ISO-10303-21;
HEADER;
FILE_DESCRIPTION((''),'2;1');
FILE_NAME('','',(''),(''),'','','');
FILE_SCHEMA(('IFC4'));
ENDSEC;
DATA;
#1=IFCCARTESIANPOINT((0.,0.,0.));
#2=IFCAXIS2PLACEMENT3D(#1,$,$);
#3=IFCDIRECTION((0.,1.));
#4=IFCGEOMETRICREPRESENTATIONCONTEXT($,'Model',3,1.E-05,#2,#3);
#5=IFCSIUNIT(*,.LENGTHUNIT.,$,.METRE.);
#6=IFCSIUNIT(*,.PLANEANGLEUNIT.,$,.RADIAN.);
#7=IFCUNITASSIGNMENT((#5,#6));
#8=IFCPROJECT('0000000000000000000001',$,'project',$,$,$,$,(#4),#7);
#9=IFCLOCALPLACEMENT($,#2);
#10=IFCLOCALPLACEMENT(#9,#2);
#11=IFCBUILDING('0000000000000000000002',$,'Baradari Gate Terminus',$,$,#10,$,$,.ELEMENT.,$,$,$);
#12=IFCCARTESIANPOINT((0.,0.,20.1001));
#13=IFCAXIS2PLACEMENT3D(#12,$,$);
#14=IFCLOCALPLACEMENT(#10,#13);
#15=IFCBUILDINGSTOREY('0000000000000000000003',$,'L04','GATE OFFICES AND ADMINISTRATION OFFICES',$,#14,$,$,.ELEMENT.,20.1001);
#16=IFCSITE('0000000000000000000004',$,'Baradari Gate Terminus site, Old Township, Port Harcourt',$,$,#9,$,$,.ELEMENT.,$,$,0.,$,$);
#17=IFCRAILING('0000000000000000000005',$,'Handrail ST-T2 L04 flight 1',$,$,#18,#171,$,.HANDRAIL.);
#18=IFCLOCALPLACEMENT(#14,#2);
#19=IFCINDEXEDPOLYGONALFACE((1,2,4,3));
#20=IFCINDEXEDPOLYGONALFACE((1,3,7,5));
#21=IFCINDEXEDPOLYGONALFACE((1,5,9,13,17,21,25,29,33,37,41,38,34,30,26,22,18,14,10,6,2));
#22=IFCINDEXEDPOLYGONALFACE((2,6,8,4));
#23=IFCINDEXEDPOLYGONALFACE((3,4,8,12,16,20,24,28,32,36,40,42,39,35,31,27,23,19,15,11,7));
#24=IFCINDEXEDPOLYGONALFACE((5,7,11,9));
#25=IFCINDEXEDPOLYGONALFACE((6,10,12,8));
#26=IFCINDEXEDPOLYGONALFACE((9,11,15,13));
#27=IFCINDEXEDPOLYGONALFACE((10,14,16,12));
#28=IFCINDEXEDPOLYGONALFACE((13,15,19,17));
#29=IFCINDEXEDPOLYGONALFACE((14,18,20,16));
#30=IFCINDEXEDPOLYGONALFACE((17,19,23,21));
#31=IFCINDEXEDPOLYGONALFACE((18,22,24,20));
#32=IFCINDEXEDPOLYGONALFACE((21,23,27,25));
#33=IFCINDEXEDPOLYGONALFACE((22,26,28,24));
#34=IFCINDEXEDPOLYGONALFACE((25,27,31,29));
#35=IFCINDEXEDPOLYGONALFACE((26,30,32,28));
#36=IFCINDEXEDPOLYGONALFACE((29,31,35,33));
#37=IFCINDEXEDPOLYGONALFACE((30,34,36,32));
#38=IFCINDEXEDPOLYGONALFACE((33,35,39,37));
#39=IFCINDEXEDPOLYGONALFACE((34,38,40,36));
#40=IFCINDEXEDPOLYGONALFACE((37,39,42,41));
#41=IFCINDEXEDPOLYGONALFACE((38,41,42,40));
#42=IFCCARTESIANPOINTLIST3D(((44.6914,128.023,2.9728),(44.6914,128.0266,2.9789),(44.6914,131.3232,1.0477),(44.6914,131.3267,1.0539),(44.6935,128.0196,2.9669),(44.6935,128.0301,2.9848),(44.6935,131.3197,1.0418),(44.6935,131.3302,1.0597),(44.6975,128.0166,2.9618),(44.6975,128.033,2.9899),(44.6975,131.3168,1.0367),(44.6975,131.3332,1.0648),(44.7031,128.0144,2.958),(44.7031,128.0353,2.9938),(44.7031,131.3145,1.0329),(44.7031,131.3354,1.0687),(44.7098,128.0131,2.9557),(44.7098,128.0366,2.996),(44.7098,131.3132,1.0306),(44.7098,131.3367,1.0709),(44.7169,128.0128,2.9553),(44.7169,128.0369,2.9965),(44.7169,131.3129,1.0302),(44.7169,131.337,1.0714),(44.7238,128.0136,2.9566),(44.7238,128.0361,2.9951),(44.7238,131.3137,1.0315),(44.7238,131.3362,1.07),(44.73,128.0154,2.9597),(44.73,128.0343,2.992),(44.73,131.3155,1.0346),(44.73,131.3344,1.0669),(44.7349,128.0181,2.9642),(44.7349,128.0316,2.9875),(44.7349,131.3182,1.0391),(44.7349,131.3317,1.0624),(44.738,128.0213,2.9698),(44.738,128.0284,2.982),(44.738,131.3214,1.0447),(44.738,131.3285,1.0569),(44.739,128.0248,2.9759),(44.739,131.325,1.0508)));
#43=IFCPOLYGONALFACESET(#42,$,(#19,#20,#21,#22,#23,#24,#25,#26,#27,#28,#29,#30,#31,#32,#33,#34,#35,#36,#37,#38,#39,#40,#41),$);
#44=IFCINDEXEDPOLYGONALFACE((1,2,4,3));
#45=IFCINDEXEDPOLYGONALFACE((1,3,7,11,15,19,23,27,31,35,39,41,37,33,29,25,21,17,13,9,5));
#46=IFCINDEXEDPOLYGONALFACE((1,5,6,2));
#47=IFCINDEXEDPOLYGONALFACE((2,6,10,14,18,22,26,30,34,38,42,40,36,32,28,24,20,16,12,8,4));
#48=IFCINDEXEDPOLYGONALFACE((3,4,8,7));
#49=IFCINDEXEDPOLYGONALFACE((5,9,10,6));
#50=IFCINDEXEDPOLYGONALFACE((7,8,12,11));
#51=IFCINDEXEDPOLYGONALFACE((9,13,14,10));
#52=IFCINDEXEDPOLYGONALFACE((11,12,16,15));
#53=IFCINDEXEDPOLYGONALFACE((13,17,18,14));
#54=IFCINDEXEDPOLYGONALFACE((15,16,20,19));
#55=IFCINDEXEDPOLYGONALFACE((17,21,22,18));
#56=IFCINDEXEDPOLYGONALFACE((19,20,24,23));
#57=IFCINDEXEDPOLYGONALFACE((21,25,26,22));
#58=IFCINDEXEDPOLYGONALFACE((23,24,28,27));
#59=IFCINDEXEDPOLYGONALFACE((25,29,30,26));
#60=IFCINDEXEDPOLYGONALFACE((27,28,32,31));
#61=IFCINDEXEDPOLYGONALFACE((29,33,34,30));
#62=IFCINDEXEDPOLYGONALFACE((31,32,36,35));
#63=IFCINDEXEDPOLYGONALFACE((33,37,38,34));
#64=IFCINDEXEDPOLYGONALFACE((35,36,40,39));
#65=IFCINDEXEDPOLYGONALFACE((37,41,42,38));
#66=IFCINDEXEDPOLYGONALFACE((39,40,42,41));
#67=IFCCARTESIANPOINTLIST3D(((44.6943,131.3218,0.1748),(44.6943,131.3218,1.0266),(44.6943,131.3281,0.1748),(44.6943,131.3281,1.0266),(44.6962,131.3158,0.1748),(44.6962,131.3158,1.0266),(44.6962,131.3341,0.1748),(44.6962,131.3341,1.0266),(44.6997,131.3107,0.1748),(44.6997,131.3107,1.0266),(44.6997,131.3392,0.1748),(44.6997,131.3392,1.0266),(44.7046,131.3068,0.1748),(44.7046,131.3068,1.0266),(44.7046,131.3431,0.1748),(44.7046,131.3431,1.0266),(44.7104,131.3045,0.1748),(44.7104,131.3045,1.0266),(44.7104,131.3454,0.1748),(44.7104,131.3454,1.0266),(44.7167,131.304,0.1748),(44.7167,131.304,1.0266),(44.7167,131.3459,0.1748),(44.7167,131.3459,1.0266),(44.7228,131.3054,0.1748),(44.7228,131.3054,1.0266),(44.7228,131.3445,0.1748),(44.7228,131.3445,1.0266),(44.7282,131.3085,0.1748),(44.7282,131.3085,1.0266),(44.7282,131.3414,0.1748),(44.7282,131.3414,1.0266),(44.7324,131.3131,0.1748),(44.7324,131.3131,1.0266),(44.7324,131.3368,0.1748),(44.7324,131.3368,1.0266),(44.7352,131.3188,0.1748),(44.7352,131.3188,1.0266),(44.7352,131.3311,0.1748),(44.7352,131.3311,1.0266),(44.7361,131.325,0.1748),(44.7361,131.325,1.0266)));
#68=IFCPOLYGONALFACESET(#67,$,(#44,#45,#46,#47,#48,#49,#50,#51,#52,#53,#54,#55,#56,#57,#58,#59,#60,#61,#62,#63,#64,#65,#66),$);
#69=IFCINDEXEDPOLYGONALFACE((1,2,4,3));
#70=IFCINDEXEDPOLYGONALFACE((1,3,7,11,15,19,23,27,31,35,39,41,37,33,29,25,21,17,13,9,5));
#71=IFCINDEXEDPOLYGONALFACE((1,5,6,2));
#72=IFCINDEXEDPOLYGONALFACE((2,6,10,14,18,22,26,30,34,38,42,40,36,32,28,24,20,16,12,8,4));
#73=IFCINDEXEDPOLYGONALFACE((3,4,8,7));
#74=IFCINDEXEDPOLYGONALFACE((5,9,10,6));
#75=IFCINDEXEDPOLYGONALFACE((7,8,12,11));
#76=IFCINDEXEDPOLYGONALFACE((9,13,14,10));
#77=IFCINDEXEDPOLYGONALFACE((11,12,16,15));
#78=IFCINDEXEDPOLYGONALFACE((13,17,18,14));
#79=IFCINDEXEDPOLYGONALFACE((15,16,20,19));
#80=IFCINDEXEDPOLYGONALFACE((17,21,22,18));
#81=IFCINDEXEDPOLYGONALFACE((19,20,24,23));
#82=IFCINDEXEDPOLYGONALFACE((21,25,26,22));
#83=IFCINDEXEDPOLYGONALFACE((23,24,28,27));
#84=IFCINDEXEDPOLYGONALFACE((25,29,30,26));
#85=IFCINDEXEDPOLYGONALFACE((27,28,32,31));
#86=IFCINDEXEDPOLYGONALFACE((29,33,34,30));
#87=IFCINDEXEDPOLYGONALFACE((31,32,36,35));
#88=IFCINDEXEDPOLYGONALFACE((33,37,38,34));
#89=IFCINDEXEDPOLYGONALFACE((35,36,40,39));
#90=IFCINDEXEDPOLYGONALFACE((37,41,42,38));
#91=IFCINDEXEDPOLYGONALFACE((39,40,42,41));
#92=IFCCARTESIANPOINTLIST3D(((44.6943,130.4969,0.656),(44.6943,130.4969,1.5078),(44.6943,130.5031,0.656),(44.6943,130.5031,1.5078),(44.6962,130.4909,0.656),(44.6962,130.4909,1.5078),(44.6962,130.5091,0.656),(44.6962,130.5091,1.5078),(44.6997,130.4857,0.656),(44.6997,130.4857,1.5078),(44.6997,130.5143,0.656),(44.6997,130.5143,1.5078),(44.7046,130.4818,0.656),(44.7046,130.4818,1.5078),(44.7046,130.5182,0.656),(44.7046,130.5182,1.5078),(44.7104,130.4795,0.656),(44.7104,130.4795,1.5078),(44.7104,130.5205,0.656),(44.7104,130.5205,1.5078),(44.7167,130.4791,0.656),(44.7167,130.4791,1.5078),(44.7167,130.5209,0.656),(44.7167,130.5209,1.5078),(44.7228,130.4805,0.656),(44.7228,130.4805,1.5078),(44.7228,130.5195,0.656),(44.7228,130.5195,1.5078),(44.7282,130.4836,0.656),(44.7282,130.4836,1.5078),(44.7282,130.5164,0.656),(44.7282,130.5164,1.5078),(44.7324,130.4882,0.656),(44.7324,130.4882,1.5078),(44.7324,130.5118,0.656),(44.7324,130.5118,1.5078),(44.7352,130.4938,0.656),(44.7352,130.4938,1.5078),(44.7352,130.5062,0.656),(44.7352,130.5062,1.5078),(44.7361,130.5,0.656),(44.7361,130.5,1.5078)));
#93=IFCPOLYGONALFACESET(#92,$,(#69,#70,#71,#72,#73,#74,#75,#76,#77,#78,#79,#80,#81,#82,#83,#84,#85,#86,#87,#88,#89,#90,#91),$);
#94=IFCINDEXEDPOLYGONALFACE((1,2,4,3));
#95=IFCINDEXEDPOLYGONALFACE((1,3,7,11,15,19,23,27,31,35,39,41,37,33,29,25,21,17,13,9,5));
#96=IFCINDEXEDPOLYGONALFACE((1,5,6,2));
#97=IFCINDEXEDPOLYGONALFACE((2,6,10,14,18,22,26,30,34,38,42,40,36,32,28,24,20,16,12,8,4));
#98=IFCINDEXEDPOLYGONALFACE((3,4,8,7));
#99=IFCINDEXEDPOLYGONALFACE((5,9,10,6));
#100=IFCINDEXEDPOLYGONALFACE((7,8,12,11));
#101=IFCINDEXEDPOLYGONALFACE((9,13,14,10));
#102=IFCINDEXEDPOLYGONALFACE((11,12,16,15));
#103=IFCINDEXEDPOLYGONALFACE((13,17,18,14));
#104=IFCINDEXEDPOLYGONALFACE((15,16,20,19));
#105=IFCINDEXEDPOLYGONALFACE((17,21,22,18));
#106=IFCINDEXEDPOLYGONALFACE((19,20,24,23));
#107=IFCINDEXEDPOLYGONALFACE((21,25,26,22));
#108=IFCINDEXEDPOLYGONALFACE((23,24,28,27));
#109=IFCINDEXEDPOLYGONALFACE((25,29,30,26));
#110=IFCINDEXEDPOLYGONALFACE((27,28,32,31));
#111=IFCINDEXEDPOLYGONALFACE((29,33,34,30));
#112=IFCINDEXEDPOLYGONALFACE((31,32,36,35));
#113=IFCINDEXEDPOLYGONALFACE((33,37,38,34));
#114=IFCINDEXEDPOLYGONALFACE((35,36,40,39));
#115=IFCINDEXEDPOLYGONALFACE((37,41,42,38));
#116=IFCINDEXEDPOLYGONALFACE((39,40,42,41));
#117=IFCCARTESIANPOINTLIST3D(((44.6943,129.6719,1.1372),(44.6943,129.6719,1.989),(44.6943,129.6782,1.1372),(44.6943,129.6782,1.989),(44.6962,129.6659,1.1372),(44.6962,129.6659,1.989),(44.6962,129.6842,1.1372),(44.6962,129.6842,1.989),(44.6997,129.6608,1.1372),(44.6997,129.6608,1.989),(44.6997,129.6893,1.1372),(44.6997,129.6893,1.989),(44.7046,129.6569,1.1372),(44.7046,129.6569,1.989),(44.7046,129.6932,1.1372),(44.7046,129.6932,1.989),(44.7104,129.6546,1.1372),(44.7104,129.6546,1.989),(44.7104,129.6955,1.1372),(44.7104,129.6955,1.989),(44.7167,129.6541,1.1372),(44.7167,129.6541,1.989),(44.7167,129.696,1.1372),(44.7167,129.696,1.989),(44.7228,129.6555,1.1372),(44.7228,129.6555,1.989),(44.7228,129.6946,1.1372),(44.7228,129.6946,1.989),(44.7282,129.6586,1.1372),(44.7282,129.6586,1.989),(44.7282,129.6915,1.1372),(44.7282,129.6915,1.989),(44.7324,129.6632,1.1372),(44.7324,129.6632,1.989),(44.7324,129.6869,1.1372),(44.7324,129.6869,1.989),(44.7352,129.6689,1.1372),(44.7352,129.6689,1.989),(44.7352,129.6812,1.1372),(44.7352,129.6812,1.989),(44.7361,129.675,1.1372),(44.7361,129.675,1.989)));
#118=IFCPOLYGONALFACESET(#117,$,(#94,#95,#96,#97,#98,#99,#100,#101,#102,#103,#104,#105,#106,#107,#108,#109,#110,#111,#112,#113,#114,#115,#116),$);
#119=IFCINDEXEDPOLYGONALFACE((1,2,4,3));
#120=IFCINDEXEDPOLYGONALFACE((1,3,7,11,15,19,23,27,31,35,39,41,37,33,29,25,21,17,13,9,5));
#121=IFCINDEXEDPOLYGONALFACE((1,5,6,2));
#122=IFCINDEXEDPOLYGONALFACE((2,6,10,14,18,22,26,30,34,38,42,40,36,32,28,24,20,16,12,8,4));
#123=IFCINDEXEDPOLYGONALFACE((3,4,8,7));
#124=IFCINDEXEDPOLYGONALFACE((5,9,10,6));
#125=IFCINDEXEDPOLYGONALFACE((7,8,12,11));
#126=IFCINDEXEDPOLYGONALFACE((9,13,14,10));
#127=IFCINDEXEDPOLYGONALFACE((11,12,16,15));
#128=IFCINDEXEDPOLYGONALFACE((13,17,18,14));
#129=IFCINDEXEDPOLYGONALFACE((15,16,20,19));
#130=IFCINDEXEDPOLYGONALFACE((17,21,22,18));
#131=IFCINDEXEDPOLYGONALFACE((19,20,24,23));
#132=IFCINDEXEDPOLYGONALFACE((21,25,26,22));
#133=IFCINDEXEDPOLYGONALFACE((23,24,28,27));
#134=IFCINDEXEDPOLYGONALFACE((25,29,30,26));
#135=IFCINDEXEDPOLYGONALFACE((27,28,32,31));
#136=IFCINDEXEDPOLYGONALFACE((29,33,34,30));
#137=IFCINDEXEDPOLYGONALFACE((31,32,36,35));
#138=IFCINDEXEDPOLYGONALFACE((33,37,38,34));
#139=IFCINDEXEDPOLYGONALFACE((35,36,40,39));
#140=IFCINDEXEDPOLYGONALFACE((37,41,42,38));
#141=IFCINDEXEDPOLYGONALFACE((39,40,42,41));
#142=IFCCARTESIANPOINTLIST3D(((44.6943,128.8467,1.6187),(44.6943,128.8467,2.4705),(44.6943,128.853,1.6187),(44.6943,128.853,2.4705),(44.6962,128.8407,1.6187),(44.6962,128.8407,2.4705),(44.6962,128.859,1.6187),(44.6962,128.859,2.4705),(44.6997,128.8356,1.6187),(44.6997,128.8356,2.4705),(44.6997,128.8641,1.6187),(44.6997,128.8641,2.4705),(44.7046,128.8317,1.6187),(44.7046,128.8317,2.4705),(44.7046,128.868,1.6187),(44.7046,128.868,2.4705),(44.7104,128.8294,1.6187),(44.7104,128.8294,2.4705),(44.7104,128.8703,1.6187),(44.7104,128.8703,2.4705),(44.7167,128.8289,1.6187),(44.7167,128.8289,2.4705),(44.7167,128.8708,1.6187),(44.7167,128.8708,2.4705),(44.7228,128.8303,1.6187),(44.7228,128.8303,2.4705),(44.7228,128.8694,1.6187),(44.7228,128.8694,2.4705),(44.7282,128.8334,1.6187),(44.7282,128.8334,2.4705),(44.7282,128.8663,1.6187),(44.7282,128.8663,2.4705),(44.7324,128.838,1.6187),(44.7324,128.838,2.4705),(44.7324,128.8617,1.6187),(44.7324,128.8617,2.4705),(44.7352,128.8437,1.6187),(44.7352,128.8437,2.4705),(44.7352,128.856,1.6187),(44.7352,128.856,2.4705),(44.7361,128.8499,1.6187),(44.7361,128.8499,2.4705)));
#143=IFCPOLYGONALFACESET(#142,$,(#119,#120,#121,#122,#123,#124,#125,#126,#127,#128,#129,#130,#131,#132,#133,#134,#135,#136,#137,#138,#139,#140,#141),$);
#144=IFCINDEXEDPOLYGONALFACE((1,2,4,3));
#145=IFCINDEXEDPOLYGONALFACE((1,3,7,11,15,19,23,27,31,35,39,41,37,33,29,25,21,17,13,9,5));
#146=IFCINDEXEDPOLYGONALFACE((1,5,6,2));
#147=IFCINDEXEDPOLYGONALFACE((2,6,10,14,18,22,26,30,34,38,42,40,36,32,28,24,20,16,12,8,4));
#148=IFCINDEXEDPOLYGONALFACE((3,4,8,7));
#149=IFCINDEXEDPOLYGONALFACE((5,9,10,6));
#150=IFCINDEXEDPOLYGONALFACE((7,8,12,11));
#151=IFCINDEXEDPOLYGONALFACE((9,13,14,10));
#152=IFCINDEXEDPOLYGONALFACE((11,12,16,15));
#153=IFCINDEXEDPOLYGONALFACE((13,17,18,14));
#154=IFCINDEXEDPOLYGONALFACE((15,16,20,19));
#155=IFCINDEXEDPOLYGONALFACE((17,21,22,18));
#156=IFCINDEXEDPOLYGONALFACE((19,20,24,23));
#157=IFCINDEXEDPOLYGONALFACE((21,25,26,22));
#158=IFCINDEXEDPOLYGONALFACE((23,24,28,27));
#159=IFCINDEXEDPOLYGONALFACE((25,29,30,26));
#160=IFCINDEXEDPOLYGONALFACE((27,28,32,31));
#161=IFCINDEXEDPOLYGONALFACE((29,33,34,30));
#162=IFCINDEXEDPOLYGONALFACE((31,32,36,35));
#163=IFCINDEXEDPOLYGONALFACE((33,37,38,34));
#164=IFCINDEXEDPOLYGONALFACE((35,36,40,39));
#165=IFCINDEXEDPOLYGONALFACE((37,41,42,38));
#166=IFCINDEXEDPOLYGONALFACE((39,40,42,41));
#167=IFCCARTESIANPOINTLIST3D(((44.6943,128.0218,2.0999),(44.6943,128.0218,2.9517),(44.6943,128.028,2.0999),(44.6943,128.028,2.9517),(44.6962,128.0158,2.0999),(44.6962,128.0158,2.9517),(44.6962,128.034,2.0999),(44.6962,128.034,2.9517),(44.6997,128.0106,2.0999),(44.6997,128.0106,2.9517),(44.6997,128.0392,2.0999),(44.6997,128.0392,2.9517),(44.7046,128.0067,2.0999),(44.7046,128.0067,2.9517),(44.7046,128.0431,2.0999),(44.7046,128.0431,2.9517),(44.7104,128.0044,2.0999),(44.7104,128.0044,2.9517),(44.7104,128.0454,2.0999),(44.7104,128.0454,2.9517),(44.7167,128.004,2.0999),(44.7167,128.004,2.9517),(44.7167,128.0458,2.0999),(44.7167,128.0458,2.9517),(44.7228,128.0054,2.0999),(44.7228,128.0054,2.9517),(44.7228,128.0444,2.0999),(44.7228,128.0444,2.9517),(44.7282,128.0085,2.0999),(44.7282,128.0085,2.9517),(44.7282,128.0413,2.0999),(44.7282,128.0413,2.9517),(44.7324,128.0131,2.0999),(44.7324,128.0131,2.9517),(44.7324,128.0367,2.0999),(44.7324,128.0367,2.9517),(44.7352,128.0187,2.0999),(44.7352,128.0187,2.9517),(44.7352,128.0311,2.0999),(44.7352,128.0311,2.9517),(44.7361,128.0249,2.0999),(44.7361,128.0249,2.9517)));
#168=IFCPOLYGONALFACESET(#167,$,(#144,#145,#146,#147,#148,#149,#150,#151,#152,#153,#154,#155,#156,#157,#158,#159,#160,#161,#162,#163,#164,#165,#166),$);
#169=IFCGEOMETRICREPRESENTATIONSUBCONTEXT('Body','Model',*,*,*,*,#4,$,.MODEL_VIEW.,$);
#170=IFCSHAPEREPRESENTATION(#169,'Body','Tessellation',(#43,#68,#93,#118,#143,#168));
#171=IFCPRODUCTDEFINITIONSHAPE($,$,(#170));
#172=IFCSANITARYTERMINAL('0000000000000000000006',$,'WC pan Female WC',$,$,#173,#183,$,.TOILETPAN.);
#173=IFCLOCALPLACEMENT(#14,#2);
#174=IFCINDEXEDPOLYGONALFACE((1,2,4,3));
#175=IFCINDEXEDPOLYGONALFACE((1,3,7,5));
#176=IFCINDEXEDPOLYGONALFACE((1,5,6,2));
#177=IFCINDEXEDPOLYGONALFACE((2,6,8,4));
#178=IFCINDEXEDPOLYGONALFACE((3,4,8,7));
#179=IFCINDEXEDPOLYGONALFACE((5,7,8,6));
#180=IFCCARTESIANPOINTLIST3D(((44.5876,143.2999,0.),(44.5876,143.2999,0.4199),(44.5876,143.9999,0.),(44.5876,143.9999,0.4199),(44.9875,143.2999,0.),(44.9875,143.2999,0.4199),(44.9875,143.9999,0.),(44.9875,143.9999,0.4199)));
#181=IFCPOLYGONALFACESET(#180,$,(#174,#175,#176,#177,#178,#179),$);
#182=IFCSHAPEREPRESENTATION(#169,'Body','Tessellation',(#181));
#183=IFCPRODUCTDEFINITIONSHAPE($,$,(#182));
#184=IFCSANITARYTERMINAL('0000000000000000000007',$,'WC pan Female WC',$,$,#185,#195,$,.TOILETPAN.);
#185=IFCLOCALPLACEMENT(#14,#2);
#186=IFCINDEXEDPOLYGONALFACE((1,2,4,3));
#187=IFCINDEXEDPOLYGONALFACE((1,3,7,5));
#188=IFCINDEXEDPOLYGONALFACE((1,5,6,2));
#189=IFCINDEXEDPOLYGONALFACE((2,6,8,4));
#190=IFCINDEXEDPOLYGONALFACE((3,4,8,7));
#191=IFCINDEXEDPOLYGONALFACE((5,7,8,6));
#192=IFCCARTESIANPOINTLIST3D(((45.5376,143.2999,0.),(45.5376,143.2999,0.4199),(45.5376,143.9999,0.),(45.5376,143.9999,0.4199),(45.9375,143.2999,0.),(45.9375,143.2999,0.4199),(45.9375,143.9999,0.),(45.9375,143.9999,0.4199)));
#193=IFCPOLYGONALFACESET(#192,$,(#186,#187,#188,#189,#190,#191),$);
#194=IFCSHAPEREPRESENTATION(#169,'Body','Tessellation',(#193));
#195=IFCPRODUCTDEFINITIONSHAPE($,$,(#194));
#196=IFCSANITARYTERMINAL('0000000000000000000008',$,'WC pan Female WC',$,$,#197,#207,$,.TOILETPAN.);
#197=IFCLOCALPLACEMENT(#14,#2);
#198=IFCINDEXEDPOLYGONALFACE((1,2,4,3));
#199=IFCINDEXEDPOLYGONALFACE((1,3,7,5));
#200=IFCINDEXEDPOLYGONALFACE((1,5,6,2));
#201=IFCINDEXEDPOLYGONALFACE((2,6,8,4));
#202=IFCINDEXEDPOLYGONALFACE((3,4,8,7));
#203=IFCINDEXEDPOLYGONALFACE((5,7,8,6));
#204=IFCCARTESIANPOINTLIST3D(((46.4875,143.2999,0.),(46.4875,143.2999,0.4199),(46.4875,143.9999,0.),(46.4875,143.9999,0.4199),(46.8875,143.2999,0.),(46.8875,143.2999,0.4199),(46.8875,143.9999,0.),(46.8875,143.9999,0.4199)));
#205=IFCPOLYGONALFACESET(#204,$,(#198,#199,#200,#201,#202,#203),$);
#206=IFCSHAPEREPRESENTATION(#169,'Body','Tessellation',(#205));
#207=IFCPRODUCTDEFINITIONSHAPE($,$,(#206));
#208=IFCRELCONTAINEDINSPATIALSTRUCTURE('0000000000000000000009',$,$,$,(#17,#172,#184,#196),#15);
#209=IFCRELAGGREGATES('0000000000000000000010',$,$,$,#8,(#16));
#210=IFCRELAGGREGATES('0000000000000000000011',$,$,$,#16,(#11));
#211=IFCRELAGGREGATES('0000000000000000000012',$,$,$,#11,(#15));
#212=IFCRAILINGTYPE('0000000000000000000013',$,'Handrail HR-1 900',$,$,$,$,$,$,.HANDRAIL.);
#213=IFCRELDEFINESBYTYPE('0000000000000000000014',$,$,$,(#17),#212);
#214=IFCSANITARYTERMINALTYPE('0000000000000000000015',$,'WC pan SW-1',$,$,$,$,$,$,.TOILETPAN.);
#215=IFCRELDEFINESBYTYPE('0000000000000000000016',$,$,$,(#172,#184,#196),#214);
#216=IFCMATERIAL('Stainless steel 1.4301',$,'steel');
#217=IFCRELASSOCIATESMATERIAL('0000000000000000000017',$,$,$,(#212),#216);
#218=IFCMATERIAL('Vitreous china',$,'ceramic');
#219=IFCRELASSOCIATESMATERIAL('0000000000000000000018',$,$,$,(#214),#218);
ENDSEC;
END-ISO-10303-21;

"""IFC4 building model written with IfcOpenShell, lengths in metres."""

from ifc_helpers import new_model, si_unit, direction, frame, origin, origin_2d, place, context, subcontext, project, spatial, rectangle, circle, extrude, material, type_object, element, save


model = new_model("IFC4")

# Units and contexts
model_context = context("Model", 3, precision=1e-05, world=origin(), true_north=direction((0.0, 1.0)))
body_context = subcontext(model_context, "Body", "Model", "MODEL_VIEW")
ifc_project = project(units=[si_unit("LENGTHUNIT", "METRE"), si_unit("PLANEANGLEUNIT", "RADIAN")], contexts=[model_context])

# Site, building, storey
site_placement = place(None, origin())
site = spatial("IfcSite", under=ifc_project, at=site_placement, Name="Baradari Gate Terminus site, Old Township, Port Harcourt", CompositionType="ELEMENT", RefElevation=0.0)
building_placement = place(site_placement, origin())
building = spatial("IfcBuilding", under=site, at=building_placement, Name="Baradari Gate Terminus", CompositionType="ELEMENT")
storey_placement = place(building_placement, frame((0.0, 0.0, 20.1001)))
storey = spatial("IfcBuildingStorey", under=building, at=storey_placement, Name="L04", Description="GATE OFFICES AND ADMINISTRATION OFFICES", CompositionType="ELEMENT", Elevation=20.1001)

# Railing
ifc_material_1 = material(Name="Stainless steel 1.4301", Category="steel")
railing_type = type_object("IfcRailingType", Name="Handrail HR-1 900", PredefinedType="HANDRAIL", material=ifc_material_1)
railing_placement = place(storey_placement, frame((44.7151, 131.325, 0.1748)))
element("IfcRailing", 1, at=railing_placement, inside=storey, type_object=railing_type, Name="Handrail ST-T2 L04 flight 1", PredefinedType="HANDRAIL", context=body_context, shape_type="SweptSolid", body=[
    extrude(circle(Radius=0.0239, at=origin_2d()), frame((0.0, 0.0, 0.876), z_axis=(0.0, -0.863777, 0.503875), x_axis=(1.0, 0.0, 0.0)), (0.0, 0.0, 1.0), 3.8206),
    extrude(circle(Radius=0.021, at=origin_2d()), origin(), (0.0, 0.0, 1.0), 0.8518),
    extrude(circle(Radius=0.021, at=origin_2d()), frame((0.0, -0.825, 0.4812)), (0.0, 0.0, 1.0), 0.8518),
    extrude(circle(Radius=0.021, at=origin_2d()), frame((0.0, -1.6499, 0.9624)), (0.0, 0.0, 1.0), 0.8518),
    extrude(circle(Radius=0.021, at=origin_2d()), frame((0.0, -2.4751, 1.4438)), (0.0, 0.0, 1.0), 0.8518),
    extrude(circle(Radius=0.021, at=origin_2d()), frame((0.0, -3.3, 1.925)), (0.0, 0.0, 1.0), 0.8518),
])

# Sanitary terminals
ifc_material_2 = material(Name="Vitreous china", Category="ceramic")
sanitary_terminal_type_1 = type_object("IfcSanitaryTerminalType", Name="WC pan SW-1", PredefinedType="TOILETPAN", material=ifc_material_2)
for number, where, z_axis, x_axis, name in (
    (2, (44.7876, 143.6499, 0.0), (0.0, 0.0, 1.0), (1.0, 0.0, 0.0), "WC pan Female WC"),
    (3, (45.7375, 143.6499, 0.0), (0.0, 0.0, 1.0), (1.0, 0.0, 0.0), "WC pan Female WC"),
    (4, (46.6875, 143.6499, 0.0), (0.0, 0.0, 1.0), (1.0, 0.0, 0.0), "WC pan Female WC"),
):
    element("IfcSanitaryTerminal", number, at=place(storey_placement, frame(where, z_axis=z_axis, x_axis=x_axis)), inside=storey, type_object=sanitary_terminal_type_1, Name=name, PredefinedType="TOILETPAN", context=body_context, shape_type="SweptSolid", body=[
        extrude(rectangle(XDim=0.3999, YDim=0.7, at=origin_2d()), origin(), (0.0, 0.0, 1.0), 0.4199),
    ])

save(model, "model.ifc")
